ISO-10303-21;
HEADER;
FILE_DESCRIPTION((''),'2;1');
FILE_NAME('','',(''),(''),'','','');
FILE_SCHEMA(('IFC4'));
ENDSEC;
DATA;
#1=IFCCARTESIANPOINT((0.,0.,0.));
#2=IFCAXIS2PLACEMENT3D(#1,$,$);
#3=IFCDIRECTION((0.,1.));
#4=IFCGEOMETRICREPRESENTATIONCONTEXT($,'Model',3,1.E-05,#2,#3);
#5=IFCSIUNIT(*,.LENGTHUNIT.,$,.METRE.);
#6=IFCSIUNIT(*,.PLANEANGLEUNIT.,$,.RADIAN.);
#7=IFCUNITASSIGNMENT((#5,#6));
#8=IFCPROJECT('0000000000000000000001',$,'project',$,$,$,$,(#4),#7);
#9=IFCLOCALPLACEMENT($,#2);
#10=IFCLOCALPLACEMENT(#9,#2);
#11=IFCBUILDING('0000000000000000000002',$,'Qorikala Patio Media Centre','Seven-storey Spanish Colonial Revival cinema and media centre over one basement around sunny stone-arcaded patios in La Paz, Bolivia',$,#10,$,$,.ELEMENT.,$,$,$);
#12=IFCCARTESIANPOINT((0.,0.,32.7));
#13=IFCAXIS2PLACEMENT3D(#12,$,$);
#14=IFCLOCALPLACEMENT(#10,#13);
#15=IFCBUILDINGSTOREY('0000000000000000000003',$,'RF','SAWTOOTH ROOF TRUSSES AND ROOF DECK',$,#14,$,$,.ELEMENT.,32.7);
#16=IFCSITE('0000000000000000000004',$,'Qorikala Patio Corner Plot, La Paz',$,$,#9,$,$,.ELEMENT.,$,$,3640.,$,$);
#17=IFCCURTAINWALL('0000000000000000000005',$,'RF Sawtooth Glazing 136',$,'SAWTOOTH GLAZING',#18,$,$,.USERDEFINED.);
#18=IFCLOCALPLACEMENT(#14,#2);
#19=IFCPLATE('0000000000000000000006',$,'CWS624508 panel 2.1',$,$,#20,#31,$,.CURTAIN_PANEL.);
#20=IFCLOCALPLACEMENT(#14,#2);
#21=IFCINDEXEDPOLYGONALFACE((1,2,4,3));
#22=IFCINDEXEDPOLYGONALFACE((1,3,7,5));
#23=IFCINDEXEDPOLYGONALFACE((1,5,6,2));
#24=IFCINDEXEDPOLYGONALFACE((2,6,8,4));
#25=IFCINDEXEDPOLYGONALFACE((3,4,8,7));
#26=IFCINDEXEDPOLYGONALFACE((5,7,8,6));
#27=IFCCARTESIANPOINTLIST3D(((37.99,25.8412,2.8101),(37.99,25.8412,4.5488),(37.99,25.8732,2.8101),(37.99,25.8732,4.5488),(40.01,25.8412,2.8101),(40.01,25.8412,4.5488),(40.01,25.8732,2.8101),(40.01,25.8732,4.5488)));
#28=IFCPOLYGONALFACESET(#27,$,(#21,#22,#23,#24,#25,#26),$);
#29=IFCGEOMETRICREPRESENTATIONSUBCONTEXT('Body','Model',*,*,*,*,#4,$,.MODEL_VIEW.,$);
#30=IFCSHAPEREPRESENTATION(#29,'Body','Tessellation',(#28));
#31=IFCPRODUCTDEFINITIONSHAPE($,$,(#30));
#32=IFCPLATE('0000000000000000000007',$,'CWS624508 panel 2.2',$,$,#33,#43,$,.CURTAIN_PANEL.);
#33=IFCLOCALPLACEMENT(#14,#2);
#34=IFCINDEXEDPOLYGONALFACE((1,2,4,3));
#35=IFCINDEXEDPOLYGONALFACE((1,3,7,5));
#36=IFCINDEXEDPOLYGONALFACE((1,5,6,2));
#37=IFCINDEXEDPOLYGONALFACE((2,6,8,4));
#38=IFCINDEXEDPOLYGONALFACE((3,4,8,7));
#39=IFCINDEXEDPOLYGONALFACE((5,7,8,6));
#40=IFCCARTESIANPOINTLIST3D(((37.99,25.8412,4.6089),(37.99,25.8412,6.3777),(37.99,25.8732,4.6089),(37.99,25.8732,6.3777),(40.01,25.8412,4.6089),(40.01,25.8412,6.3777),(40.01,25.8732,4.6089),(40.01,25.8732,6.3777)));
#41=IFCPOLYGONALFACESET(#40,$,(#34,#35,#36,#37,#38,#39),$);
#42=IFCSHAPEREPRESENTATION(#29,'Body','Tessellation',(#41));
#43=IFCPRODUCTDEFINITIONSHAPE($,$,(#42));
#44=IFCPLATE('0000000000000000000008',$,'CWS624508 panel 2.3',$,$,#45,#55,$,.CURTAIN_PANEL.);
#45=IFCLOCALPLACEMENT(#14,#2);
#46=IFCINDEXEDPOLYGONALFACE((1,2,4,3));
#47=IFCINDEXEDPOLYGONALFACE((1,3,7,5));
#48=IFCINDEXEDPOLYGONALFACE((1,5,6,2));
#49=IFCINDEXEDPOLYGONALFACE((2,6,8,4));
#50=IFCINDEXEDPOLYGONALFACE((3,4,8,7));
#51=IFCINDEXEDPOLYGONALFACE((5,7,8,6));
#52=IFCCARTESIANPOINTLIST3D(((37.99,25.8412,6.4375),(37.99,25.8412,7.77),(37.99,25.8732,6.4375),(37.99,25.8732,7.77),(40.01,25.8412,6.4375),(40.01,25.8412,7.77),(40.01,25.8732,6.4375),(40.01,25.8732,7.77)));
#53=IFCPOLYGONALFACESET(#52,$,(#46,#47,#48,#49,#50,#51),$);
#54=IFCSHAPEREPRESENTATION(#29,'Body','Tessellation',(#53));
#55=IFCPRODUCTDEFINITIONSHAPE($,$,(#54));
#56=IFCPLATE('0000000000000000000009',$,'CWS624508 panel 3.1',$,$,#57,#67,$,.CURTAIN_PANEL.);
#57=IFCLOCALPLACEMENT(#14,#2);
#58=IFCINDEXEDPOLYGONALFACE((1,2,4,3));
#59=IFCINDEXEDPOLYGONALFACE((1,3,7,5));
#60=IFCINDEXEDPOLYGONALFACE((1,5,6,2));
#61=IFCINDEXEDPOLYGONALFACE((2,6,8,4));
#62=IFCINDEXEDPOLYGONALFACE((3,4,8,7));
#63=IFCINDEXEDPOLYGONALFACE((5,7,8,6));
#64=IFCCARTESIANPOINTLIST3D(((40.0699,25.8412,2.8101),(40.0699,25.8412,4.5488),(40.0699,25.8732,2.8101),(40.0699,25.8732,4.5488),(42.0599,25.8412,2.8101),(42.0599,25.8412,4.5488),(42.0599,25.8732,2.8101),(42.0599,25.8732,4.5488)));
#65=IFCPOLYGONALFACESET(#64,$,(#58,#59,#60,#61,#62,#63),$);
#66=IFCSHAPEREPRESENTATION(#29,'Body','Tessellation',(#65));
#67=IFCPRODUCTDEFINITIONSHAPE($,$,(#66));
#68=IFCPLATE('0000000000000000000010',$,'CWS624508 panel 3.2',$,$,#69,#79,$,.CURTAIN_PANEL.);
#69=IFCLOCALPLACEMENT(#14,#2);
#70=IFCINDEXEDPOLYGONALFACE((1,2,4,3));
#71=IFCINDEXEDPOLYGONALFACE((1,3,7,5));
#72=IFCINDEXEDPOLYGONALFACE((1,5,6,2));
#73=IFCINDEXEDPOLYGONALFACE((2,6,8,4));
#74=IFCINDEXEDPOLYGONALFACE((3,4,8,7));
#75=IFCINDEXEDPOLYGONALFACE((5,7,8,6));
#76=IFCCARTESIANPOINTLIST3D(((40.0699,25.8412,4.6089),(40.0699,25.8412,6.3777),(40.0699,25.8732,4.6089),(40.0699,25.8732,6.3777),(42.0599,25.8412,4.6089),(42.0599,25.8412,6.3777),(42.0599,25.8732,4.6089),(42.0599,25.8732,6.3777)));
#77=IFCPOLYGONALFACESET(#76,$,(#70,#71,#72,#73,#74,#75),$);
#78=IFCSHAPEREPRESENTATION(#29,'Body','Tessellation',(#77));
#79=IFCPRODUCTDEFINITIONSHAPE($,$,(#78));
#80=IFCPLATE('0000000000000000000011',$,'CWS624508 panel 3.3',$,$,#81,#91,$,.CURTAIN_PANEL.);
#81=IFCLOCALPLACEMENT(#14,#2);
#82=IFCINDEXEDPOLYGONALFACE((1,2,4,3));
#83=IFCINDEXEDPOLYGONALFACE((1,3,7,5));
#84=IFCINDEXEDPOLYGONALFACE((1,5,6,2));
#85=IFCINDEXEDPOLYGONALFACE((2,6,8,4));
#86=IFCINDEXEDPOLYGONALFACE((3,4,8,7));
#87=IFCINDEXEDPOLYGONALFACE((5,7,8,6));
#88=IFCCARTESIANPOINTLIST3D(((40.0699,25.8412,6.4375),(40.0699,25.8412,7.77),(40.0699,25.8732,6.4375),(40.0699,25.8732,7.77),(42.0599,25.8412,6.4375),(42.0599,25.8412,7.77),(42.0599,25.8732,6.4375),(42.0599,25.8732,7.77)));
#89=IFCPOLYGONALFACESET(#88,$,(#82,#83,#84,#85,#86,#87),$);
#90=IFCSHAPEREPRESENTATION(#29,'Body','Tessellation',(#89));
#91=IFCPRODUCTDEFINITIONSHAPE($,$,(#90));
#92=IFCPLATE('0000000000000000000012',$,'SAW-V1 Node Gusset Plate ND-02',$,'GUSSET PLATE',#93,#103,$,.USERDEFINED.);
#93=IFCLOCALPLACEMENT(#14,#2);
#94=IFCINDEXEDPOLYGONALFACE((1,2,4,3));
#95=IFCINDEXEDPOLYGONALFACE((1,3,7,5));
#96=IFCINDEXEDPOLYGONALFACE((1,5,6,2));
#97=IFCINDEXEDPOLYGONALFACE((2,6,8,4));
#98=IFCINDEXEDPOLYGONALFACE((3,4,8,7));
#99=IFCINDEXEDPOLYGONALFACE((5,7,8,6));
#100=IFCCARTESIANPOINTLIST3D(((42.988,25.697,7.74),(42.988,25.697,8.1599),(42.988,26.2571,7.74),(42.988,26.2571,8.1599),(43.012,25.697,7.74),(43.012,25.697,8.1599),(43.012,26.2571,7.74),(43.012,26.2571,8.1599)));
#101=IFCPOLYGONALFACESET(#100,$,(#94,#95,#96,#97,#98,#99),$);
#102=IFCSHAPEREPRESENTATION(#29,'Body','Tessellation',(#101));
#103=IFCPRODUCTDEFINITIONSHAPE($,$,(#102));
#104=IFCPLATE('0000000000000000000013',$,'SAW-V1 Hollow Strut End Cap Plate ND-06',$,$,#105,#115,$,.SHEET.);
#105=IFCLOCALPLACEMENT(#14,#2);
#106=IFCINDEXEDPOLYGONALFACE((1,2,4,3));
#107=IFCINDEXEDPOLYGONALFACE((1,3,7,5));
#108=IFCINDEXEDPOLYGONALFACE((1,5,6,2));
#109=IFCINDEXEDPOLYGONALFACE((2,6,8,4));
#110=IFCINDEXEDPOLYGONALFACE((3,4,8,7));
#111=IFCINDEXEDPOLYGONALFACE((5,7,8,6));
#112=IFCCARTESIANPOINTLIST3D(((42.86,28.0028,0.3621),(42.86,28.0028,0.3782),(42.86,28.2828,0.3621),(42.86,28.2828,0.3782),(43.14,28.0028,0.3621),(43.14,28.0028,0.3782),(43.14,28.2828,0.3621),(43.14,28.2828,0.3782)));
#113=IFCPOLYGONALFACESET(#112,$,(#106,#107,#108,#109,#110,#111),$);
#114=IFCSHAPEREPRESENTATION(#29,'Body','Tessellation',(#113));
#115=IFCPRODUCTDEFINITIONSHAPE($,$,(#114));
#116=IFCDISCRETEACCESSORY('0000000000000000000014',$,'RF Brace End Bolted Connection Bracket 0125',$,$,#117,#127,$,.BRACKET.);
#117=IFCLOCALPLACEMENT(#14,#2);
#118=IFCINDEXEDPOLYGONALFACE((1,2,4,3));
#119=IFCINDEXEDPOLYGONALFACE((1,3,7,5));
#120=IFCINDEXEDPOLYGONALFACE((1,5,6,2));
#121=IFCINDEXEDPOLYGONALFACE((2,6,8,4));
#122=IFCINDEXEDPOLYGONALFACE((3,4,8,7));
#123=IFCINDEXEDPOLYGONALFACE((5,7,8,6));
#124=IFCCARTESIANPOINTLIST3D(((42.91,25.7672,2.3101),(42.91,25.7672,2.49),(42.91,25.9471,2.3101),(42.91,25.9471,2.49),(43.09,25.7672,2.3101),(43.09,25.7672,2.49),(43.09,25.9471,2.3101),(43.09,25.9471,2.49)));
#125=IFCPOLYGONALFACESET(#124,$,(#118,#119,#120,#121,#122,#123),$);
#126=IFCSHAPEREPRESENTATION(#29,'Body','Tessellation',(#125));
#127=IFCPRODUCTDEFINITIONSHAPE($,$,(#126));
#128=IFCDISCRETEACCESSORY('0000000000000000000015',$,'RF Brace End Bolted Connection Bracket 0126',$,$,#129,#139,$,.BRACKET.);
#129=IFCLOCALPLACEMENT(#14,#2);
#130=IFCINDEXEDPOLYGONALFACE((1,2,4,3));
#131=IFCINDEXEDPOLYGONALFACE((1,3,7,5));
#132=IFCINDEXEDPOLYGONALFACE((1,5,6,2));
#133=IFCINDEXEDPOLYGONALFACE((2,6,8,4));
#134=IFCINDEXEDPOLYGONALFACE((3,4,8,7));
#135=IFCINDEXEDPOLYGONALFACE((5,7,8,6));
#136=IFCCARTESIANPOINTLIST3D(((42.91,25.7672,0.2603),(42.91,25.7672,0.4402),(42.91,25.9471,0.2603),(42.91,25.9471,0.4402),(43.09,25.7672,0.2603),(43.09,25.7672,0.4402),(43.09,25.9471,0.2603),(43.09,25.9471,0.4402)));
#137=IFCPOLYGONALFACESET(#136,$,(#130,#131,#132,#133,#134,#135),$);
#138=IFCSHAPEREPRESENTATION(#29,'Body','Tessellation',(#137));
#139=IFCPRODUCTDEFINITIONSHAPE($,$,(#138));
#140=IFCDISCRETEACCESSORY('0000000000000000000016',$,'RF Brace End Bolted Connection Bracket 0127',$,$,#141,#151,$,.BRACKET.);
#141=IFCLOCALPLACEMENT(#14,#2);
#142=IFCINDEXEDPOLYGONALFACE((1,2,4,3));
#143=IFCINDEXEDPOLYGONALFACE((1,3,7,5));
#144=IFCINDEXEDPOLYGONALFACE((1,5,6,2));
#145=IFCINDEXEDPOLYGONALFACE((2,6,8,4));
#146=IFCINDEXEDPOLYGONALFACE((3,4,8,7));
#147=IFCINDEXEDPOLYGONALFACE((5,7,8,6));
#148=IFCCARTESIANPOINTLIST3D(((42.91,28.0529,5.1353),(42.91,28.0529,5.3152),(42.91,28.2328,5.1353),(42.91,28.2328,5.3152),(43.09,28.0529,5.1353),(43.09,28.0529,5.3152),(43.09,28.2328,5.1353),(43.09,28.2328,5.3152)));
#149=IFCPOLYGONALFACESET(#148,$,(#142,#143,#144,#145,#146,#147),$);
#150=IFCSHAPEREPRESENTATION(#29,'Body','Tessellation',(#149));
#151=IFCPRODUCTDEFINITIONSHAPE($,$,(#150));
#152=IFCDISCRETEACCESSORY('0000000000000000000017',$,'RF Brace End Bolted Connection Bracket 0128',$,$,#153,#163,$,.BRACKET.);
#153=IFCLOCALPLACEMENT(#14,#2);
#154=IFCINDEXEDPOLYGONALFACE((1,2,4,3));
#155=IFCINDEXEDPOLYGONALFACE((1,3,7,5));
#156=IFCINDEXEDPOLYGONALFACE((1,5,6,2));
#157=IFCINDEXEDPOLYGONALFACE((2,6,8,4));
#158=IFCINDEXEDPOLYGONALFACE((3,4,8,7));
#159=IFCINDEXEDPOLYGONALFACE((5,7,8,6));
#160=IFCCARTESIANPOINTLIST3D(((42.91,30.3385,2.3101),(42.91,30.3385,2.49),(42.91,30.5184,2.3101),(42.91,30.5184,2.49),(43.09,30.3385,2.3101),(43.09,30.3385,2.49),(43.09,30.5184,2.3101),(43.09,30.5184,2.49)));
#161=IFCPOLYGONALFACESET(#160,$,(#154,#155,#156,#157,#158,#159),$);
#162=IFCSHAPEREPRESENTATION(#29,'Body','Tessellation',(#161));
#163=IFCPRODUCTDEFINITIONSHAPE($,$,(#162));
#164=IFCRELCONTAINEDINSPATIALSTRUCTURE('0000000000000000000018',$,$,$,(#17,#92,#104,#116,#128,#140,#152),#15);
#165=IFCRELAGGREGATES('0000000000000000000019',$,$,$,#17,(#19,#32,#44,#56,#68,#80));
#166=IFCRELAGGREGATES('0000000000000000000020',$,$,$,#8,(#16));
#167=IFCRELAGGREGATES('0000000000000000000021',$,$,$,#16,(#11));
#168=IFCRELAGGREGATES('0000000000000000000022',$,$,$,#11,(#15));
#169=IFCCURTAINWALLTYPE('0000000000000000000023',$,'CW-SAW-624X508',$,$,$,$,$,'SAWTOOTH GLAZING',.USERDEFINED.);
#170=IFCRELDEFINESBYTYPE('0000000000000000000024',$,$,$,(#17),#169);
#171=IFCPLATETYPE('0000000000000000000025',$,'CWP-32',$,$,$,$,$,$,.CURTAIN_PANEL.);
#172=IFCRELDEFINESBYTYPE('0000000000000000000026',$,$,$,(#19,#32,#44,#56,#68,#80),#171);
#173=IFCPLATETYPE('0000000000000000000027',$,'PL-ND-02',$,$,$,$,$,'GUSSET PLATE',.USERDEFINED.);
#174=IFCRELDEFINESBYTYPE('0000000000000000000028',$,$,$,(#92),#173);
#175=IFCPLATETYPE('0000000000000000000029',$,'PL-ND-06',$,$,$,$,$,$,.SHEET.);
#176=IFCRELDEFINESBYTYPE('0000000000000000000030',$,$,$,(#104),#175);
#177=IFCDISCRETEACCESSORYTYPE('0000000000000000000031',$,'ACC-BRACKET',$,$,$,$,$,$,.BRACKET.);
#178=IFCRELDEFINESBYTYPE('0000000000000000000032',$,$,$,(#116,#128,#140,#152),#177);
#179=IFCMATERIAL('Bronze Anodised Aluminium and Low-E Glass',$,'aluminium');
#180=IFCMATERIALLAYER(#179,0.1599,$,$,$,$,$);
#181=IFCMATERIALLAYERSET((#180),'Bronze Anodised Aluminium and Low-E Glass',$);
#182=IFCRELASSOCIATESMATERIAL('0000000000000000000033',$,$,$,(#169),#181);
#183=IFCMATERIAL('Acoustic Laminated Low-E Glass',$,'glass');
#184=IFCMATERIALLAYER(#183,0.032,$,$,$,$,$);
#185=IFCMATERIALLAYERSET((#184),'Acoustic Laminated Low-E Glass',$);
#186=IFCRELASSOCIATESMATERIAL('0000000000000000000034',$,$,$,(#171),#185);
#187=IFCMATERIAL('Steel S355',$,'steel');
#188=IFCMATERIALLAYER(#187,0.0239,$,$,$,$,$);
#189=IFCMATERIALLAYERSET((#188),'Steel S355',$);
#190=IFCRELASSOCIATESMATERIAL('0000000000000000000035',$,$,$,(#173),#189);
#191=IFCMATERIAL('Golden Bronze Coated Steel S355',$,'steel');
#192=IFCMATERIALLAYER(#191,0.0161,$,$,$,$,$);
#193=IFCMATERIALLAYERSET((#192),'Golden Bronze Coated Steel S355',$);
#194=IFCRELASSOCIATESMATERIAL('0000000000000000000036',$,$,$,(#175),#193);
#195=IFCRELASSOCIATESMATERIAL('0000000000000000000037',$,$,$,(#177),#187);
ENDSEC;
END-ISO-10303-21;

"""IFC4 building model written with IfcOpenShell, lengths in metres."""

from ifc_helpers import new_model, si_unit, direction, frame, origin, origin_2d, place, context, subcontext, project, spatial, rectangle, extrude, material, layer, layer_set, type_object, element, aggregate, save


model = new_model("IFC4")

# Units and contexts
model_context = context("Model", 3, precision=1e-05, world=origin(), true_north=direction((0.0, 1.0)))
body_context = subcontext(model_context, "Body", "Model", "MODEL_VIEW")
ifc_project = project(units=[si_unit("LENGTHUNIT", "METRE"), si_unit("PLANEANGLEUNIT", "RADIAN")], contexts=[model_context])

# Site, building, storey
site_placement = place(None, origin())
site = spatial("IfcSite", under=ifc_project, at=site_placement, Name="Qorikala Patio Corner Plot, La Paz", CompositionType="ELEMENT", RefElevation=3640.0)
building_placement = place(site_placement, origin())
building = spatial("IfcBuilding", under=site, at=building_placement, Name="Qorikala Patio Media Centre", Description="Seven-storey Spanish Colonial Revival cinema and media centre over one basement around sunny stone-arcaded patios in La Paz, Bolivia", CompositionType="ELEMENT")
storey_placement = place(building_placement, frame((0.0, 0.0, 32.7)))
storey = spatial("IfcBuildingStorey", under=building, at=storey_placement, Name="RF", Description="SAWTOOTH ROOF TRUSSES AND ROOF DECK", CompositionType="ELEMENT", Elevation=32.7)

# Shared definitions
ifc_material_1 = material(Name="Steel S355", Category="steel")

# Curtain wall
ifc_material_2 = material(Name="Bronze Anodised Aluminium and Low-E Glass", Category="aluminium")
ifc_layer_1 = layer(ifc_material_2, 0.1599)
ifc_layer_set_1 = layer_set([ifc_layer_1], Name="Bronze Anodised Aluminium and Low-E Glass")
curtain_wall_type = type_object("IfcCurtainWallType", Name="CW-SAW-624X508", ElementType="SAWTOOTH GLAZING", PredefinedType="USERDEFINED", material=ifc_layer_set_1)
curtain_wall_placement = place(storey_placement, origin())
curtain_wall = element("IfcCurtainWall", 1, at=curtain_wall_placement, inside=storey, type_object=curtain_wall_type, Name="RF Sawtooth Glazing 136", ObjectType="SAWTOOTH GLAZING", PredefinedType="USERDEFINED")

# Plates
ifc_material_3 = material(Name="Acoustic Laminated Low-E Glass", Category="glass")
ifc_layer_2 = layer(ifc_material_3, 0.032)
ifc_layer_set_2 = layer_set([ifc_layer_2], Name="Acoustic Laminated Low-E Glass")
plate_type_1 = type_object("IfcPlateType", Name="CWP-32", PredefinedType="CURTAIN_PANEL", material=ifc_layer_set_2)
plate_1_placement = place(storey_placement, frame((39.0, 25.8572, 2.8101), z_axis=(0.0, 0.0, 1.0), x_axis=(1.0, 0.0, 0.0)))
plate_1 = element("IfcPlate", 2, at=plate_1_placement, type_object=plate_type_1, Name="CWS624508 panel 2.1", PredefinedType="CURTAIN_PANEL", context=body_context, shape_type="SweptSolid", body=[
    extrude(rectangle(XDim=2.02, YDim=0.032, at=origin_2d()), origin(), (0.0, 0.0, 1.0), 1.7388),
])
plate_2_placement = place(storey_placement, frame((39.0, 25.8572, 4.6089), z_axis=(0.0, 0.0, 1.0), x_axis=(1.0, 0.0, 0.0)))
plate_2 = element("IfcPlate", 3, at=plate_2_placement, type_object=plate_type_1, Name="CWS624508 panel 2.2", PredefinedType="CURTAIN_PANEL", context=body_context, shape_type="SweptSolid", body=[
    extrude(rectangle(XDim=2.02, YDim=0.032, at=origin_2d()), origin(), (0.0, 0.0, 1.0), 1.7688),
])
plate_3_placement = place(storey_placement, frame((39.0, 25.8572, 6.4375), z_axis=(0.0, 0.0, 1.0), x_axis=(1.0, 0.0, 0.0)))
plate_3 = element("IfcPlate", 4, at=plate_3_placement, type_object=plate_type_1, Name="CWS624508 panel 2.3", PredefinedType="CURTAIN_PANEL", context=body_context, shape_type="SweptSolid", body=[
    extrude(rectangle(XDim=2.02, YDim=0.032, at=origin_2d()), origin(), (0.0, 0.0, 1.0), 1.3325),
])
plate_4_placement = place(storey_placement, frame((41.0649, 25.8572, 2.8101), z_axis=(0.0, 0.0, 1.0), x_axis=(1.0, 0.0, 0.0)))
plate_4 = element("IfcPlate", 5, at=plate_4_placement, type_object=plate_type_1, Name="CWS624508 panel 3.1", PredefinedType="CURTAIN_PANEL", context=body_context, shape_type="SweptSolid", body=[
    extrude(rectangle(XDim=1.99, YDim=0.032, at=origin_2d()), origin(), (0.0, 0.0, 1.0), 1.7388),
])
plate_5_placement = place(storey_placement, frame((41.0649, 25.8572, 4.6089), z_axis=(0.0, 0.0, 1.0), x_axis=(1.0, 0.0, 0.0)))
plate_5 = element("IfcPlate", 6, at=plate_5_placement, type_object=plate_type_1, Name="CWS624508 panel 3.2", PredefinedType="CURTAIN_PANEL", context=body_context, shape_type="SweptSolid", body=[
    extrude(rectangle(XDim=1.99, YDim=0.032, at=origin_2d()), origin(), (0.0, 0.0, 1.0), 1.7688),
])
plate_6_placement = place(storey_placement, frame((41.0649, 25.8572, 6.4375), z_axis=(0.0, 0.0, 1.0), x_axis=(1.0, 0.0, 0.0)))
plate_6 = element("IfcPlate", 7, at=plate_6_placement, type_object=plate_type_1, Name="CWS624508 panel 3.3", PredefinedType="CURTAIN_PANEL", context=body_context, shape_type="SweptSolid", body=[
    extrude(rectangle(XDim=1.99, YDim=0.032, at=origin_2d()), origin(), (0.0, 0.0, 1.0), 1.3325),
])
aggregate(curtain_wall, [plate_1, plate_2, plate_3, plate_4, plate_5, plate_6])

# Plates
ifc_layer_3 = layer(ifc_material_1, 0.0239)
ifc_layer_set_3 = layer_set([ifc_layer_3], Name="Steel S355")
plate_type_2 = type_object("IfcPlateType", Name="PL-ND-02", ElementType="GUSSET PLATE", PredefinedType="USERDEFINED", material=ifc_layer_set_3)
plate_7_placement = place(storey_placement, frame((43.0, 25.9771, 7.74), z_axis=(0.0, 0.0, 1.0), x_axis=(1.0, 0.0, 0.0)))
element("IfcPlate", 8, at=plate_7_placement, inside=storey, type_object=plate_type_2, Name="SAW-V1 Node Gusset Plate ND-02", ObjectType="GUSSET PLATE", PredefinedType="USERDEFINED", context=body_context, shape_type="SweptSolid", body=[
    extrude(rectangle(XDim=0.0239, YDim=0.5601, at=origin_2d()), origin(), (0.0, 0.0, 1.0), 0.4199),
])
ifc_material_4 = material(Name="Golden Bronze Coated Steel S355", Category="steel")
ifc_layer_4 = layer(ifc_material_4, 0.0161)
ifc_layer_set_4 = layer_set([ifc_layer_4], Name="Golden Bronze Coated Steel S355")
plate_type_3 = type_object("IfcPlateType", Name="PL-ND-06", PredefinedType="SHEET", material=ifc_layer_set_4)
plate_8_placement = place(storey_placement, frame((43.0, 28.1428, 0.3621), z_axis=(0.0, 0.0, 1.0), x_axis=(1.0, 0.0, 0.0)))
element("IfcPlate", 9, at=plate_8_placement, inside=storey, type_object=plate_type_3, Name="SAW-V1 Hollow Strut End Cap Plate ND-06", PredefinedType="SHEET", context=body_context, shape_type="SweptSolid", body=[
    extrude(rectangle(XDim=0.28, YDim=0.28, at=origin_2d()), origin(), (0.0, 0.0, 1.0), 0.0161),
])

# Discrete accessories
discrete_accessory_type = type_object("IfcDiscreteAccessoryType", Name="ACC-BRACKET", PredefinedType="BRACKET", material=ifc_material_1)
for number, where, z_axis, x_axis, name in (
    (10, (43.0, 25.8572, 2.3101), (0.0, 0.0, 1.0), (1.0, 0.0, 0.0), "RF Brace End Bolted Connection Bracket 0125"),
    (11, (43.0, 25.8572, 0.2603), (0.0, 0.0, 1.0), (1.0, 0.0, 0.0), "RF Brace End Bolted Connection Bracket 0126"),
    (12, (43.0, 28.1428, 5.1353), (0.0, 0.0, 1.0), (1.0, 0.0, 0.0), "RF Brace End Bolted Connection Bracket 0127"),
    (13, (43.0, 30.4285, 2.3101), (0.0, 0.0, 1.0), (1.0, 0.0, 0.0), "RF Brace End Bolted Connection Bracket 0128"),
):
    element("IfcDiscreteAccessory", number, at=place(storey_placement, frame(where, z_axis=z_axis, x_axis=x_axis)), inside=storey, type_object=discrete_accessory_type, Name=name, PredefinedType="BRACKET", context=body_context, shape_type="SweptSolid", body=[
        extrude(rectangle(XDim=0.1799, YDim=0.1799, at=origin_2d()), origin(), (0.0, 0.0, 1.0), 0.1799),
    ])

save(model, "model.ifc")
